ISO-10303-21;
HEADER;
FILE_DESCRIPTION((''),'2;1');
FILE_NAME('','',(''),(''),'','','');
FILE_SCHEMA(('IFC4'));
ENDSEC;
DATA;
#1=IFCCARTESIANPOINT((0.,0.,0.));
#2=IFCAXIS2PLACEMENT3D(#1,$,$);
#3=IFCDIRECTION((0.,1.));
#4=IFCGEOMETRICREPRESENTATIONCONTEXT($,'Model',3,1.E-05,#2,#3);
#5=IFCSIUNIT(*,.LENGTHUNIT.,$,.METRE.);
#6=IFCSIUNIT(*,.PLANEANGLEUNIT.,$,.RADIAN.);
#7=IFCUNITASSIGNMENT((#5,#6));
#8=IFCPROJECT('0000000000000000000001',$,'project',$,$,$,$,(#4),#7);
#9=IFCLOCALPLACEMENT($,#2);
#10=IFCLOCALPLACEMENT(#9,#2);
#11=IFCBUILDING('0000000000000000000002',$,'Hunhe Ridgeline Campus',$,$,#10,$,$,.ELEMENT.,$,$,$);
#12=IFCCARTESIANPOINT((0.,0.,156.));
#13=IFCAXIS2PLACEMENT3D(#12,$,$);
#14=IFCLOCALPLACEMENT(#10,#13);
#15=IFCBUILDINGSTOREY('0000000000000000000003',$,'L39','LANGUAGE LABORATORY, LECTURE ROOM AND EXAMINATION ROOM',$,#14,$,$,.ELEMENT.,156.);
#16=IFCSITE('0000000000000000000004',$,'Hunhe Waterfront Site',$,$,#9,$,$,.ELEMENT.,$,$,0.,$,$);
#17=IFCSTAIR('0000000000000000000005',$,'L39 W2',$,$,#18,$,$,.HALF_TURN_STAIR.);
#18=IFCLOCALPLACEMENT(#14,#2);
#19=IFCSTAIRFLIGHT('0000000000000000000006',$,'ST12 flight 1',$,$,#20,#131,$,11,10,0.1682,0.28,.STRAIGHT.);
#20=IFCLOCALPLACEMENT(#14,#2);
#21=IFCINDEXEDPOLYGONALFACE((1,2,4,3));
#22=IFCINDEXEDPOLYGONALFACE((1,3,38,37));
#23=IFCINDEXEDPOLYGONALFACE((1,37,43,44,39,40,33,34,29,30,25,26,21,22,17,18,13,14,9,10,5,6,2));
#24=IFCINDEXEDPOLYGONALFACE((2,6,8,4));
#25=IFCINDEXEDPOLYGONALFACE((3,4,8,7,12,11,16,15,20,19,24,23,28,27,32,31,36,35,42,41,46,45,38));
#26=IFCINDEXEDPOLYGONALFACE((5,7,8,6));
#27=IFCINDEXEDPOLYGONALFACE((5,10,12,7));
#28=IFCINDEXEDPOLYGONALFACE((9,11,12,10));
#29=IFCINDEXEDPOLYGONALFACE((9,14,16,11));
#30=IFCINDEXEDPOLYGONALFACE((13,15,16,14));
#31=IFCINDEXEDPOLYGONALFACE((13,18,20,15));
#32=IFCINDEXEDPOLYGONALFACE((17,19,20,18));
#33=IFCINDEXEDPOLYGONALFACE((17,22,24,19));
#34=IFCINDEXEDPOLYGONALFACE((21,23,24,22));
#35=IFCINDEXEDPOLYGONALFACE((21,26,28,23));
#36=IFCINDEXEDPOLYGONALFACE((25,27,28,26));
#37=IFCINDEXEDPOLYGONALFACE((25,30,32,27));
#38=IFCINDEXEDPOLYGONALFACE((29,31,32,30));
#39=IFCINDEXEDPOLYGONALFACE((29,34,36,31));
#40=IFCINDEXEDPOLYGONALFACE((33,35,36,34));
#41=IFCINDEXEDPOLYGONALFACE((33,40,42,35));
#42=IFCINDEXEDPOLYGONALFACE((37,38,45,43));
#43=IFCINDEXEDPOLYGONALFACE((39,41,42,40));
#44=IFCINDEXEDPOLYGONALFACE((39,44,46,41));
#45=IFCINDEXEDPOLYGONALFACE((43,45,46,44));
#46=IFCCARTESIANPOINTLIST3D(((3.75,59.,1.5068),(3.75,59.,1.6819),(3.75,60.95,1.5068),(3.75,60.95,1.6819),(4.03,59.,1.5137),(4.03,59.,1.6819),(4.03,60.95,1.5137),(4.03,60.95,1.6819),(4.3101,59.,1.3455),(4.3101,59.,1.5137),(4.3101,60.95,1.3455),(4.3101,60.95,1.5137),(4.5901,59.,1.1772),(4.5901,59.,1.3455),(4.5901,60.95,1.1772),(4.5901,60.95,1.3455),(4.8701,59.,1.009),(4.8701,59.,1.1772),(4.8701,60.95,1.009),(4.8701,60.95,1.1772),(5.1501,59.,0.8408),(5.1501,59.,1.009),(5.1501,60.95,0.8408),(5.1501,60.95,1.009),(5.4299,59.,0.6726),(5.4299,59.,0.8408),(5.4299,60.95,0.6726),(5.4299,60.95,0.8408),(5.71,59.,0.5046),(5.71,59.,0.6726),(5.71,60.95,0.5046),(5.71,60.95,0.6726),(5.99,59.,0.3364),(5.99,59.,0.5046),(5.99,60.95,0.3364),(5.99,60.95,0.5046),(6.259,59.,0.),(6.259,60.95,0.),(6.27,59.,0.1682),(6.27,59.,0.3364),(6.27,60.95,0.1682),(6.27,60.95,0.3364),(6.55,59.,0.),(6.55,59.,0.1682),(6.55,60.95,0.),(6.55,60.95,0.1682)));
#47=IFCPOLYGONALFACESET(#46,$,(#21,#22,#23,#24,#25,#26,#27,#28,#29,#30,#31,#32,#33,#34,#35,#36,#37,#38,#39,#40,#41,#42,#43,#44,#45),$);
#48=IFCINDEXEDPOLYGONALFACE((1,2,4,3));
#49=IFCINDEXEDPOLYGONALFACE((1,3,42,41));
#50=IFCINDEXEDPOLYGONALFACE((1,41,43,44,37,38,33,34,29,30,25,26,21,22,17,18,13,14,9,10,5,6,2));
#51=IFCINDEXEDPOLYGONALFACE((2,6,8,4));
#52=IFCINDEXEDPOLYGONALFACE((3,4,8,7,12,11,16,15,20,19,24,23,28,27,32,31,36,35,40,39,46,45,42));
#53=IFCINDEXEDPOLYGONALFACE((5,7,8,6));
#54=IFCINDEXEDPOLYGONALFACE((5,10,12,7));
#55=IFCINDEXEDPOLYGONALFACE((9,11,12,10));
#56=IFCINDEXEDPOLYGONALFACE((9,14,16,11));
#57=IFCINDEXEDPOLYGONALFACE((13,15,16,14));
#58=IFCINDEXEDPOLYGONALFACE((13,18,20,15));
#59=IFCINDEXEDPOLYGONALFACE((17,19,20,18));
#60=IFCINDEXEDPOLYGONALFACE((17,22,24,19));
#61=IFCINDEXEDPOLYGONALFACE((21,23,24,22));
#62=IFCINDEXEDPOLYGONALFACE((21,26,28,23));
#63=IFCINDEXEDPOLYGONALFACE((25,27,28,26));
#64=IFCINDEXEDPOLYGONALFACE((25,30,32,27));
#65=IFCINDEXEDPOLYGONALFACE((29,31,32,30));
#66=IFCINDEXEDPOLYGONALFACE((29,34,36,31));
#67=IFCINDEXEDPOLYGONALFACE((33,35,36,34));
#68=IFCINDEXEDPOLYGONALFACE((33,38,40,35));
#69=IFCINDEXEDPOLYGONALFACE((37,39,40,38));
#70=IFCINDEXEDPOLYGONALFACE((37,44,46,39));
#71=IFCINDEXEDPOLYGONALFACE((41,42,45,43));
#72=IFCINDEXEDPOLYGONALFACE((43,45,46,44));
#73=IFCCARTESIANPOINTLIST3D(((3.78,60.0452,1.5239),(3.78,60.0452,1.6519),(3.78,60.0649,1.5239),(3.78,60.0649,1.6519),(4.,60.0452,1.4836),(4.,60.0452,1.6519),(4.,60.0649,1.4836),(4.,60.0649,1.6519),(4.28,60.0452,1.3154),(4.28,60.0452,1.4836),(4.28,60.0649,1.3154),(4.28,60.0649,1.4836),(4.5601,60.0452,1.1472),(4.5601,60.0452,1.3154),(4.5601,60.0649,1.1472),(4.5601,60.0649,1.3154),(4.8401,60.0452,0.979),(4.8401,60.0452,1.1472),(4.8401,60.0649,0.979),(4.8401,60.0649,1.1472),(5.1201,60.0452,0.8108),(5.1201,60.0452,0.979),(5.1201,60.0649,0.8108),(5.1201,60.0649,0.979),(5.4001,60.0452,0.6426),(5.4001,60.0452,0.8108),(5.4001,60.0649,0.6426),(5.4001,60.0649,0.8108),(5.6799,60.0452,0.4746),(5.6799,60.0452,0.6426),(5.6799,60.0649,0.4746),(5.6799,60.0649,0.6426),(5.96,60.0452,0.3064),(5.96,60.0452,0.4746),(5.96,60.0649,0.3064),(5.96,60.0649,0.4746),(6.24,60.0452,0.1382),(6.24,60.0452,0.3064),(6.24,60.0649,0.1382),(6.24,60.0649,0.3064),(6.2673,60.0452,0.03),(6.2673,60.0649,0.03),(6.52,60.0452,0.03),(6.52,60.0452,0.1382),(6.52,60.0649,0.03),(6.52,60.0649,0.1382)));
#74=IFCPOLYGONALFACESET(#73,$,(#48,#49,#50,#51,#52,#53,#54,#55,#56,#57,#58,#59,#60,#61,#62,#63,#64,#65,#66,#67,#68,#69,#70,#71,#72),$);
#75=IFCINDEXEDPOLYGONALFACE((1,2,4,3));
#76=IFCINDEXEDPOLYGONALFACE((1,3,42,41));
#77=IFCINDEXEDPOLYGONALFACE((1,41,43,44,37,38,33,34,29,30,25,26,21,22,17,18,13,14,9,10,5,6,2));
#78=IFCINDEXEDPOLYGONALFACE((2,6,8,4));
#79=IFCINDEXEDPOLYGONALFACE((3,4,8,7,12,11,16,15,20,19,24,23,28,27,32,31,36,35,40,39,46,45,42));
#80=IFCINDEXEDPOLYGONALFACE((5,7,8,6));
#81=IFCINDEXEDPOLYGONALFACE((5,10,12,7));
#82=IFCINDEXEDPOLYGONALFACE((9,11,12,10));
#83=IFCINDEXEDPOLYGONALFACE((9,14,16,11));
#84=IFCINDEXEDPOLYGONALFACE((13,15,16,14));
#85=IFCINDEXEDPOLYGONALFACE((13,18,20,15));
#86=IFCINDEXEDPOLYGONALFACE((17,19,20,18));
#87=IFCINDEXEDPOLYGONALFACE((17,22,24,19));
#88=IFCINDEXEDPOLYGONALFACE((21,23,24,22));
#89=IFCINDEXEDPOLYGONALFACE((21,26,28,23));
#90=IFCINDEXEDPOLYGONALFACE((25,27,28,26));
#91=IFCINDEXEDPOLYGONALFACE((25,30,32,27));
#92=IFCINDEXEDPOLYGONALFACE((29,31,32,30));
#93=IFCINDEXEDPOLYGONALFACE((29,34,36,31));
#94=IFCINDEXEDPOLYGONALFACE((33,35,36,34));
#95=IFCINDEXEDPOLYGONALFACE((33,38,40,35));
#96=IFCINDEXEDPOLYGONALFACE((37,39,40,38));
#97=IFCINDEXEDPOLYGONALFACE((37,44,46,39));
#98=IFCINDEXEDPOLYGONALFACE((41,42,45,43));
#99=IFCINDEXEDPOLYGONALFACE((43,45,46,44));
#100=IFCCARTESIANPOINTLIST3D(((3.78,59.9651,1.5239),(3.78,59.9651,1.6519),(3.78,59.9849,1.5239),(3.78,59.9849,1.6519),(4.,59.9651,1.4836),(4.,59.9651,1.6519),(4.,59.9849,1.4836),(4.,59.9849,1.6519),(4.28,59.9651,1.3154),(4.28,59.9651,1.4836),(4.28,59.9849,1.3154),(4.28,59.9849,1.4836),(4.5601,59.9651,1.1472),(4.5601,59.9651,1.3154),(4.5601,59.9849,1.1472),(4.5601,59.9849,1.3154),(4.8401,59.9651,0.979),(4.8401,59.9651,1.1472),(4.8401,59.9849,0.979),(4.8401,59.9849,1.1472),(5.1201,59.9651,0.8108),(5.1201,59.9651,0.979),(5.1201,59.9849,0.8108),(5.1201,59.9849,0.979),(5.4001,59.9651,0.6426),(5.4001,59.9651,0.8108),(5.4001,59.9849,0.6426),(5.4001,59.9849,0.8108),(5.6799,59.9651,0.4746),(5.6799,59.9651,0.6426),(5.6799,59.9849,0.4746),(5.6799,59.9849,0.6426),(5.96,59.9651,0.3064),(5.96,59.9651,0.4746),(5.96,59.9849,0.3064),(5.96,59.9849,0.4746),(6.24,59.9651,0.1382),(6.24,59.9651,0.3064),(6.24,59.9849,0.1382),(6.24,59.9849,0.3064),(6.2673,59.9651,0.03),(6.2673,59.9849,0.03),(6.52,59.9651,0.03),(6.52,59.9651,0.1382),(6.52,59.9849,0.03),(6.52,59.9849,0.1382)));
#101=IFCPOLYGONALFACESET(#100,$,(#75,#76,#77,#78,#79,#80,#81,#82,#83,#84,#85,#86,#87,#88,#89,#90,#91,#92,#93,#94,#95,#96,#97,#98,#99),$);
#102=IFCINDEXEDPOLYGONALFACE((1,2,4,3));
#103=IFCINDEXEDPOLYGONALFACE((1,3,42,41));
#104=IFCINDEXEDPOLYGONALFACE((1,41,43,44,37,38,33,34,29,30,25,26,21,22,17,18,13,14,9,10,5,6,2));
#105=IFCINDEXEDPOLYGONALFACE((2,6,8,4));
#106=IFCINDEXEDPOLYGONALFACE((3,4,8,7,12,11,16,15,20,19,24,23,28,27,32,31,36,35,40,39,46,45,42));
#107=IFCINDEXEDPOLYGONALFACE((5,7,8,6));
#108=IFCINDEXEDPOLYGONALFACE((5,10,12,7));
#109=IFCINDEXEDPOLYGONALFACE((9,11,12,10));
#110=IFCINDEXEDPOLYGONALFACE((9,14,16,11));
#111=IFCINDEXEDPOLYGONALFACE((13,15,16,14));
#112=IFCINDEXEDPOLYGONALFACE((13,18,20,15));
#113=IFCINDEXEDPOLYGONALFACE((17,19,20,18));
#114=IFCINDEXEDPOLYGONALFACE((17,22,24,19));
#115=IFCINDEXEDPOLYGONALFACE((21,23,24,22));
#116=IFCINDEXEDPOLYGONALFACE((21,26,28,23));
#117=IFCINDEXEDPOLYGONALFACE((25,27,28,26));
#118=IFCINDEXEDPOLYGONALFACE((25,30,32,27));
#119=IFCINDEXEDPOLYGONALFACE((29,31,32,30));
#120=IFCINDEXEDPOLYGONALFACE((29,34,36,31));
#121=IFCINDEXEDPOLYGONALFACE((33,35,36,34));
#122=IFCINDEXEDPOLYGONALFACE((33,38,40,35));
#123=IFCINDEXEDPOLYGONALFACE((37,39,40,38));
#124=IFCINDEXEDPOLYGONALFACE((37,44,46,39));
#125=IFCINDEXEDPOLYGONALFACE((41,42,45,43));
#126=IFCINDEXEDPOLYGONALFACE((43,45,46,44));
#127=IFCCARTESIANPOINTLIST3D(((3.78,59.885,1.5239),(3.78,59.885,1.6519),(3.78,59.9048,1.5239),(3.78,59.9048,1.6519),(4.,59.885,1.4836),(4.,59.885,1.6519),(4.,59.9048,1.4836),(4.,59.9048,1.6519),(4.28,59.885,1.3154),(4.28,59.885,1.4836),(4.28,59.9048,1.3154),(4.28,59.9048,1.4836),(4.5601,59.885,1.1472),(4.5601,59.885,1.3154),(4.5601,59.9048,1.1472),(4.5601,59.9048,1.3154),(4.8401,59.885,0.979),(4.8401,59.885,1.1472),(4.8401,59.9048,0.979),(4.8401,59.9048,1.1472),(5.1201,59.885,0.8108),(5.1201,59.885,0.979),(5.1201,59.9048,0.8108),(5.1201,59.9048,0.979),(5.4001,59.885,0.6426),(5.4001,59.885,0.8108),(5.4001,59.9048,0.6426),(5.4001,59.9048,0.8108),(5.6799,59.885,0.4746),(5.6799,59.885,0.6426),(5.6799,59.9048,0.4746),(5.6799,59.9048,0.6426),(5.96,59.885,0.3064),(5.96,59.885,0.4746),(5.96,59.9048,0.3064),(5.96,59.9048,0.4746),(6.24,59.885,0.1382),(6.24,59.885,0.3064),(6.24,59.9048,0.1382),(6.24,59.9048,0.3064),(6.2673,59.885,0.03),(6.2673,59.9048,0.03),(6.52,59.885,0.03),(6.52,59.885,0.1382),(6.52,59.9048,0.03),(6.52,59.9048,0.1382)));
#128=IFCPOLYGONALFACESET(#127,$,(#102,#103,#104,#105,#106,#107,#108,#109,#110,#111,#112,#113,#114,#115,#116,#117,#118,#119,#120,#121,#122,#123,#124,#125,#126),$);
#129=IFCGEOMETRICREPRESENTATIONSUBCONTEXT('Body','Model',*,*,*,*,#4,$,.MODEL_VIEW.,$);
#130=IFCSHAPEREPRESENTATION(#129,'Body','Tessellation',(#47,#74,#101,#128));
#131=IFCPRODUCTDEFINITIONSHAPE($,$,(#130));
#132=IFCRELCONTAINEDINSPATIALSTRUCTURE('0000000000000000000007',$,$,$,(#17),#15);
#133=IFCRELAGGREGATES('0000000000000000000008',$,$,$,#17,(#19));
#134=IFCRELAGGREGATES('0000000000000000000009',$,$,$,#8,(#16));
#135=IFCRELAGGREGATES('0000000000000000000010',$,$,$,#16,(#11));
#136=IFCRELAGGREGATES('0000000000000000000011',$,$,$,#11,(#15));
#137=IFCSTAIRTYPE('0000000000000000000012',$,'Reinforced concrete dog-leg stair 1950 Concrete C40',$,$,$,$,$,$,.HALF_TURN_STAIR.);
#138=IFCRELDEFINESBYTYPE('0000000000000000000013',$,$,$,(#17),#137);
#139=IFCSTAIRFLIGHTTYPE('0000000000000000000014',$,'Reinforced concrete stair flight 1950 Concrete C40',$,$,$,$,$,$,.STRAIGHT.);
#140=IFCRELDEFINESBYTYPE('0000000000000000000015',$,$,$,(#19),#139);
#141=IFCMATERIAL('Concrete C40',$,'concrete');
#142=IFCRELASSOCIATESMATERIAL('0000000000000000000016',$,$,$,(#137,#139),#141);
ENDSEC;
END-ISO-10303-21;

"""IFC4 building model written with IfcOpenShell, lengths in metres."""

from ifc_helpers import new_model, si_unit, direction, frame, origin, place, context, subcontext, project, spatial, polyline, outline, extrude, material, type_object, element, aggregate, save


model = new_model("IFC4")

# Units and contexts
model_context = context("Model", 3, precision=1e-05, world=origin(), true_north=direction((0.0, 1.0)))
body_context = subcontext(model_context, "Body", "Model", "MODEL_VIEW")
ifc_project = project(units=[si_unit("LENGTHUNIT", "METRE"), si_unit("PLANEANGLEUNIT", "RADIAN")], contexts=[model_context])

# Site, building, storey
site_placement = place(None, origin())
site = spatial("IfcSite", under=ifc_project, at=site_placement, Name="Hunhe Waterfront Site", CompositionType="ELEMENT", RefElevation=0.0)
building_placement = place(site_placement, origin())
building = spatial("IfcBuilding", under=site, at=building_placement, Name="Hunhe Ridgeline Campus", CompositionType="ELEMENT")
storey_placement = place(building_placement, frame((0.0, 0.0, 156.0)))
storey = spatial("IfcBuildingStorey", under=building, at=storey_placement, Name="L39", Description="LANGUAGE LABORATORY, LECTURE ROOM AND EXAMINATION ROOM", CompositionType="ELEMENT", Elevation=156.0)

# Stair, stair flight
ifc_material_1 = material(Name="Concrete C40", Category="concrete")
stair_type = type_object("IfcStairType", Name="Reinforced concrete dog-leg stair 1950 Concrete C40", PredefinedType="HALF_TURN_STAIR", material=ifc_material_1)
stair_flight_type = type_object("IfcStairFlightType", Name="Reinforced concrete stair flight 1950 Concrete C40", PredefinedType="STRAIGHT", material=ifc_material_1)
stair_1_placement = place(storey_placement, origin())
stair_1 = element("IfcStair", 1, at=stair_1_placement, inside=storey, type_object=stair_type, Name="L39 W2", PredefinedType="HALF_TURN_STAIR")
stair_flight_1_placement = place(storey_placement, frame((6.55, 59.9751, 0.0), z_axis=(0.0, 0.0, 1.0), x_axis=(-1.0, 0.0, 0.0)))
stair_flight_1 = element("IfcStairFlight", 2, at=stair_flight_1_placement, type_object=stair_flight_type, Name="ST12 flight 1", NumberOfRisers=11, NumberOfTreads=10, PredefinedType="STRAIGHT", RiserHeight=0.1682, TreadLength=0.28, context=body_context, shape_type="SweptSolid", body=[
    extrude(outline(polyline([(0.0, 0.0), (0.0, 0.1682), (0.28, 0.1682), (0.28, 0.3364), (0.5601, 0.3364), (0.5601, 0.5046), (0.8401, 0.5046), (0.8401, 0.6726), (1.1201, 0.6726), (1.1201, 0.8408), (1.3999, 0.8408), (1.3999, 1.009), (1.6799, 1.009), (1.6799, 1.1772), (1.96, 1.1772), (1.96, 1.3455), (2.24, 1.3455), (2.24, 1.5137), (2.52, 1.5137), (2.52, 1.6819), (2.8, 1.6819), (2.8, 1.8501), (2.8, 1.5068), (0.291, 0.0), (0.0, 0.0)])), frame((0.0, 0.9751, 0.0), z_axis=(0.0, -1.0, 0.0), x_axis=(1.0, 0.0, 0.0)), (0.0, 0.0, 1.0), 1.95),
    extrude(outline(polyline([(0.03, 0.03), (0.03, 0.1382), (0.3101, 0.1382), (0.3101, 0.3064), (0.5901, 0.3064), (0.5901, 0.4746), (0.8701, 0.4746), (0.8701, 0.6426), (1.1499, 0.6426), (1.1499, 0.8108), (1.4299, 0.8108), (1.4299, 0.979), (1.71, 0.979), (1.71, 1.1472), (1.99, 1.1472), (1.99, 1.3154), (2.27, 1.3154), (2.27, 1.4836), (2.55, 1.4836), (2.55, 1.6519), (2.77, 1.6519), (2.77, 1.5239), (0.2827, 0.03), (0.03, 0.03)])), frame((0.0, -0.0701, 0.0), z_axis=(0.0, -1.0, 0.0), x_axis=(1.0, 0.0, 0.0)), (0.0, 0.0, 1.0), 0.0198),
    extrude(outline(polyline([(0.03, 0.03), (0.03, 0.1382), (0.3101, 0.1382), (0.3101, 0.3064), (0.5901, 0.3064), (0.5901, 0.4746), (0.8701, 0.4746), (0.8701, 0.6426), (1.1499, 0.6426), (1.1499, 0.8108), (1.4299, 0.8108), (1.4299, 0.979), (1.71, 0.979), (1.71, 1.1472), (1.99, 1.1472), (1.99, 1.3154), (2.27, 1.3154), (2.27, 1.4836), (2.55, 1.4836), (2.55, 1.6519), (2.77, 1.6519), (2.77, 1.5239), (0.2827, 0.03), (0.03, 0.03)])), frame((0.0, 0.01, 0.0), z_axis=(0.0, -1.0, 0.0), x_axis=(1.0, 0.0, 0.0)), (0.0, 0.0, 1.0), 0.0198),
    extrude(outline(polyline([(0.03, 0.03), (0.03, 0.1382), (0.3101, 0.1382), (0.3101, 0.3064), (0.5901, 0.3064), (0.5901, 0.4746), (0.8701, 0.4746), (0.8701, 0.6426), (1.1499, 0.6426), (1.1499, 0.8108), (1.4299, 0.8108), (1.4299, 0.979), (1.71, 0.979), (1.71, 1.1472), (1.99, 1.1472), (1.99, 1.3154), (2.27, 1.3154), (2.27, 1.4836), (2.55, 1.4836), (2.55, 1.6519), (2.77, 1.6519), (2.77, 1.5239), (0.2827, 0.03), (0.03, 0.03)])), frame((0.0, 0.0901, 0.0), z_axis=(0.0, -1.0, 0.0), x_axis=(1.0, 0.0, 0.0)), (0.0, 0.0, 1.0), 0.0198),
])
aggregate(stair_1, [stair_flight_1])

save(model, "model.ifc")
